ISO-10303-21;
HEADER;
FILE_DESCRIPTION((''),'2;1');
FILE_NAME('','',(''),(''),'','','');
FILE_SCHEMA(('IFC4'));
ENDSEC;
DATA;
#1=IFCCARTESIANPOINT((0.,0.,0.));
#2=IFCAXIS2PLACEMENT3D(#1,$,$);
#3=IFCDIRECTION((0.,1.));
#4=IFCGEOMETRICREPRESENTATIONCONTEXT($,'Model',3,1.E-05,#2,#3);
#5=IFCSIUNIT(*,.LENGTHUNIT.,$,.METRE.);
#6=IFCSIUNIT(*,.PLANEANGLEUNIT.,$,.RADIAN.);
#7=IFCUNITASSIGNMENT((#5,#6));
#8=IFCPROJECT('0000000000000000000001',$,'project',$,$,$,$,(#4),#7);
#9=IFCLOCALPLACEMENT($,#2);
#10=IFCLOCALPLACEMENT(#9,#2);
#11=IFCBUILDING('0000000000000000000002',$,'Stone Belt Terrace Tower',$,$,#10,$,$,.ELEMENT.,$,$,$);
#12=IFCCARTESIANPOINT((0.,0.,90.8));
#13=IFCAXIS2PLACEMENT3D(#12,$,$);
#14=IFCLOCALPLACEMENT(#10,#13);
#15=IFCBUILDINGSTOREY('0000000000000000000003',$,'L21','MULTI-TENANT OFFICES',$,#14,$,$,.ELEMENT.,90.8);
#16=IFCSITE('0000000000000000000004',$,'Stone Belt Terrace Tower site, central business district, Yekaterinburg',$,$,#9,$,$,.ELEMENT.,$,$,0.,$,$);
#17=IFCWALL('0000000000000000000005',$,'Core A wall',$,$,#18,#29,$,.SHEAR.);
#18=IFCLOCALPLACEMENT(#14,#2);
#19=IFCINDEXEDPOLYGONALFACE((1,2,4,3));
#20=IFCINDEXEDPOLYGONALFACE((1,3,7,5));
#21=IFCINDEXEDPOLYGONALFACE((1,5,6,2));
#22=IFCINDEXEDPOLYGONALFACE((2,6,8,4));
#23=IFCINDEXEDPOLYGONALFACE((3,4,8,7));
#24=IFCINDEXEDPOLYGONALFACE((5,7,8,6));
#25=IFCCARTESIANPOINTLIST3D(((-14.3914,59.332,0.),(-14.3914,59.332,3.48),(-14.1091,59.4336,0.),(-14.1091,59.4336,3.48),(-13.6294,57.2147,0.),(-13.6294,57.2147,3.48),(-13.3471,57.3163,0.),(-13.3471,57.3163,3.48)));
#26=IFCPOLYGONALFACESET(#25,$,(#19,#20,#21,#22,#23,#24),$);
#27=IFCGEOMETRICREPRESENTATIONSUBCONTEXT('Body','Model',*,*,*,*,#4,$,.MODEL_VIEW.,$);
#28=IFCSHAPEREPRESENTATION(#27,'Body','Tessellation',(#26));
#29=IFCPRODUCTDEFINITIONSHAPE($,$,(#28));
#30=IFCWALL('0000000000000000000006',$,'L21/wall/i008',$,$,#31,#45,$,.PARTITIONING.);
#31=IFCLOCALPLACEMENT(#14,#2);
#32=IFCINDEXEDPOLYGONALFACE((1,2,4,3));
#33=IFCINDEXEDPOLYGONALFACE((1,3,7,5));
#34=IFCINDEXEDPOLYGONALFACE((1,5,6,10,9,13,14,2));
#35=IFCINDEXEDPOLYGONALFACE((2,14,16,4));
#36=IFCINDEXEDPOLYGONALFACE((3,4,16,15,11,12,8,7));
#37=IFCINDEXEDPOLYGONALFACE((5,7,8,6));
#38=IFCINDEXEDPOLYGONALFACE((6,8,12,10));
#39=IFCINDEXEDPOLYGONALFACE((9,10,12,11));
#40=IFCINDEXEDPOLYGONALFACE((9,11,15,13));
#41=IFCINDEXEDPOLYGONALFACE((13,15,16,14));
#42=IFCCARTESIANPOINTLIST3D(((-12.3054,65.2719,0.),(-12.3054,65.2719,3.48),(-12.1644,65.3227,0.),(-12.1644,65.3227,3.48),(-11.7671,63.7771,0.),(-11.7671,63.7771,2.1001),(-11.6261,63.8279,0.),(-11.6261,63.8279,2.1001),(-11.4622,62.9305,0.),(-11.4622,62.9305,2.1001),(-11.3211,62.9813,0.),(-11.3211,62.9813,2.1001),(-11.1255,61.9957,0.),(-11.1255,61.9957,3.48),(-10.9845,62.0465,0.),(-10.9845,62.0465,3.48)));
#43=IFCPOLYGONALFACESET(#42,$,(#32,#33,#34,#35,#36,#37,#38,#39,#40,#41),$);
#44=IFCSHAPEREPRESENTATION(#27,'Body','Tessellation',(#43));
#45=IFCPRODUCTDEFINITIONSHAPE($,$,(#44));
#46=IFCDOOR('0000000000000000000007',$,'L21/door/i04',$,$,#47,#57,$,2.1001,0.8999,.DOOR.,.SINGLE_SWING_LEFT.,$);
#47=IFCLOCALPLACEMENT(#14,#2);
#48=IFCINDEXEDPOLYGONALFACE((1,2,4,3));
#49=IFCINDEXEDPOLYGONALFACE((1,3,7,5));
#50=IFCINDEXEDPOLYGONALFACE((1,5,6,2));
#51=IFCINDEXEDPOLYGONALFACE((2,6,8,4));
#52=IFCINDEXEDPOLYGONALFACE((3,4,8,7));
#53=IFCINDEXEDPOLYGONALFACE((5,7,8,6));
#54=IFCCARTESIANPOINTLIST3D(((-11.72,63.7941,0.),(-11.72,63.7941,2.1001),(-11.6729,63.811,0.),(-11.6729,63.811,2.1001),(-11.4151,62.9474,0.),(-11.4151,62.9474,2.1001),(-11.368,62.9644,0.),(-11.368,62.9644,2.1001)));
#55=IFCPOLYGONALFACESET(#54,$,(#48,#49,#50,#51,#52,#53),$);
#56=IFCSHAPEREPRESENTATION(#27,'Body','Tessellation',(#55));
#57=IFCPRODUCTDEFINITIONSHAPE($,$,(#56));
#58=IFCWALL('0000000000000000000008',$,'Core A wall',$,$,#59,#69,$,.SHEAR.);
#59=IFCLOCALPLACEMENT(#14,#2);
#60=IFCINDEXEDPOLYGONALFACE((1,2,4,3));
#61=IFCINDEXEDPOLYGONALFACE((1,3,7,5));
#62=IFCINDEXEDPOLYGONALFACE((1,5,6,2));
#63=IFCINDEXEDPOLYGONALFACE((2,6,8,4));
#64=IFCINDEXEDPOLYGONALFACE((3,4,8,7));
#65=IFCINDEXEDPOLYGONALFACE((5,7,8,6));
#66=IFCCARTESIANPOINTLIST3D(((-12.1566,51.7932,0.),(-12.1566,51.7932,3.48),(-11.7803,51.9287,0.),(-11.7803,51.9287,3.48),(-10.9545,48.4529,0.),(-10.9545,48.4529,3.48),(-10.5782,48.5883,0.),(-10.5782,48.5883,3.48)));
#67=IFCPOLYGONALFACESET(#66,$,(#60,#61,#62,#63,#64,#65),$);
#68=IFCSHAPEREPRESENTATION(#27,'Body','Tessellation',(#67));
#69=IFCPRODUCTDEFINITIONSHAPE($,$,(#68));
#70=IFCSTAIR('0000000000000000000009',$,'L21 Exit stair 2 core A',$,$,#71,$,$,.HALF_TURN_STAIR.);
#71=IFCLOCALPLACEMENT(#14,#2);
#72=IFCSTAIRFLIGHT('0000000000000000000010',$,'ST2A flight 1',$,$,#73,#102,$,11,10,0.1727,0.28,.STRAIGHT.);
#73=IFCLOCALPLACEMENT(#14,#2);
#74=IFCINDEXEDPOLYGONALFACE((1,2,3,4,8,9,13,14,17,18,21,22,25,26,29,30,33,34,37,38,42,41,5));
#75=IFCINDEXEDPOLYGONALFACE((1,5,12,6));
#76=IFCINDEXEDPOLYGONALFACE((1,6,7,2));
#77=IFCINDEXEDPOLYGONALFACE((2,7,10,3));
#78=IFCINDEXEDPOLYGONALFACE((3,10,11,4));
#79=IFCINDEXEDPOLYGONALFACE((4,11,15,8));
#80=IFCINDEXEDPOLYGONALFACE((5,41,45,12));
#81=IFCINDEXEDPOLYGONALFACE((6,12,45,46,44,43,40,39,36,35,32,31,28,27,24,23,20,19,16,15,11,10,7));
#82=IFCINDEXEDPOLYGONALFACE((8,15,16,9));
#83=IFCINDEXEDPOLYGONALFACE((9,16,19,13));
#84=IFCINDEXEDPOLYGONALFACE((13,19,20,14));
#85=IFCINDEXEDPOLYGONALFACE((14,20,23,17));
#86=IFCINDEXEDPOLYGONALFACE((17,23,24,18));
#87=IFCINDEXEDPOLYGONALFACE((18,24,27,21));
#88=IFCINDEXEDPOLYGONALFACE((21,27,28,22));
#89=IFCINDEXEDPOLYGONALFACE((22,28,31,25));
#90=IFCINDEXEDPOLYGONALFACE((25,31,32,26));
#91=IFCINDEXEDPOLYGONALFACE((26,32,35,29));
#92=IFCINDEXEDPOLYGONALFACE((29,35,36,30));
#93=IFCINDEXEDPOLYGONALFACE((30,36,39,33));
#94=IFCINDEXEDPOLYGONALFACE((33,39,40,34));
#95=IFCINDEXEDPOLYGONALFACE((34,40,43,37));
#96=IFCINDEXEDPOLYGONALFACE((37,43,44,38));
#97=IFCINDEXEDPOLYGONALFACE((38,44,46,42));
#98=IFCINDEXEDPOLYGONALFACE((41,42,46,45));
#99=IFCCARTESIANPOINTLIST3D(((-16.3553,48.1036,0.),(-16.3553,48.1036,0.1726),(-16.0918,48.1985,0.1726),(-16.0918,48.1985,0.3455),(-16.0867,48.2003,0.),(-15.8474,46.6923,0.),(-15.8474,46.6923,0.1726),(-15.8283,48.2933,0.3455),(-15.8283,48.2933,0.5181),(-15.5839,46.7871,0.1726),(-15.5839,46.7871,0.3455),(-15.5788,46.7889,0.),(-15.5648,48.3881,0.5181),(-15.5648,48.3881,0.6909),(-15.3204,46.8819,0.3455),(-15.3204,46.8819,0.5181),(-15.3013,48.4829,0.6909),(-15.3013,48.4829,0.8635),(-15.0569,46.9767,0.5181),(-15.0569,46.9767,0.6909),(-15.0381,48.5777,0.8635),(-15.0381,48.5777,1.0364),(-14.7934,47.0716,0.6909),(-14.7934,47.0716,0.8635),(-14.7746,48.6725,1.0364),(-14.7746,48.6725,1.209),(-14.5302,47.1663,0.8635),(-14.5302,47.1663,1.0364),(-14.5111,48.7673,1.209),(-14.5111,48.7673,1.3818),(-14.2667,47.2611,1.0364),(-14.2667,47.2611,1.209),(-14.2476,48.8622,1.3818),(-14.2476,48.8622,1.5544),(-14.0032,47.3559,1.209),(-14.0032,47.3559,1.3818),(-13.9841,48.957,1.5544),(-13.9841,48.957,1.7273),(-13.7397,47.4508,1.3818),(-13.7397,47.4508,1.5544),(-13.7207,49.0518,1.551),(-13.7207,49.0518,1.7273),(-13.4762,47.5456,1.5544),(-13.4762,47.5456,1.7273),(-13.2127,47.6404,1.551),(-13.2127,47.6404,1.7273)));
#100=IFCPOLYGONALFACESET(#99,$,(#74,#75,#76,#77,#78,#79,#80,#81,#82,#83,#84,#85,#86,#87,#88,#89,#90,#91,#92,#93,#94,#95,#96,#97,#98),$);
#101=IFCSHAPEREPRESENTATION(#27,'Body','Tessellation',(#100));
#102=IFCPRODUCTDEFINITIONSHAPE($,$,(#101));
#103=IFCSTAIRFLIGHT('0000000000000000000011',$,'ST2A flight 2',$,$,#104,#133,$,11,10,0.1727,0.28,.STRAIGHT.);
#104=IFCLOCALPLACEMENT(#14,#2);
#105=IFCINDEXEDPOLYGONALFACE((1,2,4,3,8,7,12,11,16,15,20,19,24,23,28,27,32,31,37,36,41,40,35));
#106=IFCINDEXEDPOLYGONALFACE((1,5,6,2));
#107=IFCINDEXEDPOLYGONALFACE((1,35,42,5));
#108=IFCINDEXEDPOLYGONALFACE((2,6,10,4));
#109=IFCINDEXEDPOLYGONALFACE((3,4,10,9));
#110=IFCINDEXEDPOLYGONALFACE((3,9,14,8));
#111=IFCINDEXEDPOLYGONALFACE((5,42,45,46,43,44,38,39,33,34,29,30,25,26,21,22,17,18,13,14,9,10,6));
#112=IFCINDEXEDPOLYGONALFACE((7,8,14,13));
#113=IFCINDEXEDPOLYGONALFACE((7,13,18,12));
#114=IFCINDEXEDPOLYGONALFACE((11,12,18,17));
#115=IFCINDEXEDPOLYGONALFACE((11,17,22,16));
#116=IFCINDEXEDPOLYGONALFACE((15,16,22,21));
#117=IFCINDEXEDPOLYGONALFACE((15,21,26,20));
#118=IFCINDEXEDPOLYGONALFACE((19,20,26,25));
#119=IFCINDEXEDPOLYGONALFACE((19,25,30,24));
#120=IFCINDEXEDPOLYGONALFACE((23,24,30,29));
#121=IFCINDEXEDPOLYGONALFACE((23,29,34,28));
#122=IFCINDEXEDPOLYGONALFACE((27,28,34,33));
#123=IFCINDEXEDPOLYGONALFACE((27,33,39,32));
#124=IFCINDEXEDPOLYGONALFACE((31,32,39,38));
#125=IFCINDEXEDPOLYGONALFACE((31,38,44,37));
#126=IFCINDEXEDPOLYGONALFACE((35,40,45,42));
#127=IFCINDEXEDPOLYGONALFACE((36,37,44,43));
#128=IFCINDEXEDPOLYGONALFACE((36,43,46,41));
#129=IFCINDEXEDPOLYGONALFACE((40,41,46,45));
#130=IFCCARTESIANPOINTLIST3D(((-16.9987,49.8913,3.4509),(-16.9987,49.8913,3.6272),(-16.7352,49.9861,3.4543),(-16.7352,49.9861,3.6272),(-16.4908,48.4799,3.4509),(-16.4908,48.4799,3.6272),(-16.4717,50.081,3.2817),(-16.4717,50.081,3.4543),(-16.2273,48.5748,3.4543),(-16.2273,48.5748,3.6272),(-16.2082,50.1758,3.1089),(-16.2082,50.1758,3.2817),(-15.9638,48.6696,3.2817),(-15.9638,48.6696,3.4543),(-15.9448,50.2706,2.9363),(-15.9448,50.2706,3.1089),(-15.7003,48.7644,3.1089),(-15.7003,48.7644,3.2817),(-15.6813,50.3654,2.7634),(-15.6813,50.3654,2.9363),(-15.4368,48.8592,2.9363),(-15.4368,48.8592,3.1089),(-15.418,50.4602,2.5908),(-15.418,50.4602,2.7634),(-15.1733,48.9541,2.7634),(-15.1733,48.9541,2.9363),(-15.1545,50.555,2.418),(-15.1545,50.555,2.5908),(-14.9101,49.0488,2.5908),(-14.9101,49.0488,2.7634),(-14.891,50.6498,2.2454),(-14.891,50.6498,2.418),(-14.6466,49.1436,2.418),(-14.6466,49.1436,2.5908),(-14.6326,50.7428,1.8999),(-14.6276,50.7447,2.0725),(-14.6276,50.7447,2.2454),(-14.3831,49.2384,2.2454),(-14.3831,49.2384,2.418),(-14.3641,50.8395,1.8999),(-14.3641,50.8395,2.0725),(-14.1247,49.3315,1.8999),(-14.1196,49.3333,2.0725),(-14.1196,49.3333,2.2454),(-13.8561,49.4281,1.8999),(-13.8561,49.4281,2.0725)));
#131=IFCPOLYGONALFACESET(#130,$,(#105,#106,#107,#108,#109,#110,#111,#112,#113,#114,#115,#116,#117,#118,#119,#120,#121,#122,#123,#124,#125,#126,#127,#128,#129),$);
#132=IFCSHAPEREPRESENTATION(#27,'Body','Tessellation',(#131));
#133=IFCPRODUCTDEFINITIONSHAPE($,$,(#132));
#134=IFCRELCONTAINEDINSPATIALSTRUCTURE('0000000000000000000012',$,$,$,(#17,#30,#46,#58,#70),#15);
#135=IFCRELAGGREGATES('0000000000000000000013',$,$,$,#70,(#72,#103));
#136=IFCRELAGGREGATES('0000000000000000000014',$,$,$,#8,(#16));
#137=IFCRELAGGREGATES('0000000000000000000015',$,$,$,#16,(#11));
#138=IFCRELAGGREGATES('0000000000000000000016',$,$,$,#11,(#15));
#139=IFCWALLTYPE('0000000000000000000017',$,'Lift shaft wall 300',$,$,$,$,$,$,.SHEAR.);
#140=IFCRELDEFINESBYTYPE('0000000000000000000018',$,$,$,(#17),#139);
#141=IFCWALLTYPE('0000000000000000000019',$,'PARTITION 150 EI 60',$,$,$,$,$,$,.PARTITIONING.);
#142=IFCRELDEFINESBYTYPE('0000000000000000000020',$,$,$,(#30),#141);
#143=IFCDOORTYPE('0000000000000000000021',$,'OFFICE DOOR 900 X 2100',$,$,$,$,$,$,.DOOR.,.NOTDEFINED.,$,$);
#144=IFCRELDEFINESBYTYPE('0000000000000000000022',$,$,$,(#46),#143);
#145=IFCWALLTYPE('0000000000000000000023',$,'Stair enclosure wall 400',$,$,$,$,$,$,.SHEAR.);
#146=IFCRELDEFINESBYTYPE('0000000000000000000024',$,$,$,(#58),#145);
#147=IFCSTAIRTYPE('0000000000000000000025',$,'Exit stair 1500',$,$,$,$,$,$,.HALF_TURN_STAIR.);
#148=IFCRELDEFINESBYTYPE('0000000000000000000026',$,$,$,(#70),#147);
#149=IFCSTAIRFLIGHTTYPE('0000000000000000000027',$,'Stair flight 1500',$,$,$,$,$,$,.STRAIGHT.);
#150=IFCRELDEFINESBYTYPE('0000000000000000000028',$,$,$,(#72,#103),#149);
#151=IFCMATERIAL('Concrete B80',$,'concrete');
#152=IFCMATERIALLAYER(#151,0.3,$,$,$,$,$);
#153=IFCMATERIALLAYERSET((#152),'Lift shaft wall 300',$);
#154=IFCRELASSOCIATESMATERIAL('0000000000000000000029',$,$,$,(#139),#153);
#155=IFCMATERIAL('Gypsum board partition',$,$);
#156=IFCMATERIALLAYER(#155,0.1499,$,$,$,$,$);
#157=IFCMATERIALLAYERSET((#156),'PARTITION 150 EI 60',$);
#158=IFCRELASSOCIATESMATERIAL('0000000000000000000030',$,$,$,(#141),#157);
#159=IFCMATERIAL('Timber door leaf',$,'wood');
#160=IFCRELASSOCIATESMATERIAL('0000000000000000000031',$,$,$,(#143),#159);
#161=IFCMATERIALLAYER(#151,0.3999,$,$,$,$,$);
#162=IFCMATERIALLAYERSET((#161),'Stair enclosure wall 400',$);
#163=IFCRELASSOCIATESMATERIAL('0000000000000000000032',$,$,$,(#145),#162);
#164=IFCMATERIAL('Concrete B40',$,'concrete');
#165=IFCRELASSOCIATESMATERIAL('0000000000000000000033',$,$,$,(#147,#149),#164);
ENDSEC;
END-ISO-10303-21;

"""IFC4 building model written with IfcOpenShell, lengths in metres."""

from ifc_helpers import new_model, si_unit, direction, frame, frame_2d, origin, place, context, subcontext, project, spatial, polyline, rectangle, outline, extrude, material, layer, layer_set, type_object, element, fill, aggregate, save


model = new_model("IFC4")

# Units and contexts
model_context = context("Model", 3, precision=1e-05, world=origin(), true_north=direction((0.0, 1.0)))
body_context = subcontext(model_context, "Body", "Model", "MODEL_VIEW")
ifc_project = project(units=[si_unit("LENGTHUNIT", "METRE"), si_unit("PLANEANGLEUNIT", "RADIAN")], contexts=[model_context])

# Site, building, storey
site_placement = place(None, origin())
site = spatial("IfcSite", under=ifc_project, at=site_placement, Name="Stone Belt Terrace Tower site, central business district, Yekaterinburg", CompositionType="ELEMENT", RefElevation=0.0)
building_placement = place(site_placement, origin())
building = spatial("IfcBuilding", under=site, at=building_placement, Name="Stone Belt Terrace Tower", CompositionType="ELEMENT")
storey_placement = place(building_placement, frame((0.0, 0.0, 90.8)))
storey = spatial("IfcBuildingStorey", under=building, at=storey_placement, Name="L21", Description="MULTI-TENANT OFFICES", CompositionType="ELEMENT", Elevation=90.8)

# Shared definitions
ifc_material_1 = material(Name="Concrete B80", Category="concrete")

# Wall
ifc_layer_1 = layer(ifc_material_1, 0.3)
ifc_layer_set_1 = layer_set([ifc_layer_1], Name="Lift shaft wall 300")
wall_type_1 = type_object("IfcWallType", Name="Lift shaft wall 300", PredefinedType="SHEAR", material=ifc_layer_set_1)
wall_1_placement = place(storey_placement, frame((-13.4883, 57.2656, 0.0), z_axis=(0.0, 0.0, 1.0), x_axis=(-0.338631, 0.940919, 0.0)))
element("IfcWall", 1, at=wall_1_placement, inside=storey, type_object=wall_type_1, Name="Core A wall", PredefinedType="SHEAR", context=body_context, shape_type="SweptSolid", body=[
    extrude(rectangle(XDim=2.2502, YDim=0.3, at=frame_2d((1.125, 0.0))), origin(), (0.0, 0.0, 1.0), 3.48),
])

# Wall, opening, door
ifc_material_2 = material(Name="Gypsum board partition")
ifc_layer_2 = layer(ifc_material_2, 0.1499)
ifc_layer_set_2 = layer_set([ifc_layer_2], Name="PARTITION 150 EI 60")
wall_type_2 = type_object("IfcWallType", Name="PARTITION 150 EI 60", PredefinedType="PARTITIONING", material=ifc_layer_set_2)
wall_2_placement = place(storey_placement, frame((-11.0549, 62.021, 0.0), z_axis=(0.0, 0.0, 1.0), x_axis=(-0.338854, 0.940839, 0.0)))
wall_2 = element("IfcWall", 2, at=wall_2_placement, inside=storey, type_object=wall_type_2, Name="L21/wall/i008", PredefinedType="PARTITIONING", context=body_context, shape_type="SweptSolid", body=[
    extrude(rectangle(XDim=3.4822, YDim=0.1499, at=frame_2d((1.7412, 0.0))), origin(), (0.0, 0.0, 1.0), 3.48),
])
opening_placement = place(wall_2_placement, frame((0.9937, 0.0, 0.0)))
opening = element("IfcOpeningElement", 3, at=opening_placement, cuts=wall_2, PredefinedType="OPENING", context=body_context, shape_type="SweptSolid", body=[
    extrude(rectangle(XDim=0.8999, YDim=2.1001, at=frame_2d((0.45, 1.05))), frame((0.0, 0.085, 0.0), z_axis=(0.0, -1.0, 0.0), x_axis=(1.0, 0.0, 0.0)), (0.0, 0.0, 1.0), 0.1699),
])
ifc_material_3 = material(Name="Timber door leaf", Category="wood")
door_type = type_object("IfcDoorType", Name="OFFICE DOOR 900 X 2100", OperationType="NOTDEFINED", PredefinedType="DOOR", material=ifc_material_3)
door_placement = place(opening_placement, origin())
door = element("IfcDoor", 4, at=door_placement, inside=storey, type_object=door_type, Name="L21/door/i04", OperationType="SINGLE_SWING_LEFT", OverallHeight=2.1001, OverallWidth=0.8999, PredefinedType="DOOR", context=body_context, shape_type="SweptSolid", body=[
    extrude(rectangle(XDim=0.8999, YDim=2.1001, at=frame_2d((0.45, 1.05))), frame((0.0, 0.0249, 0.0), z_axis=(0.0, -1.0, 0.0), x_axis=(1.0, 0.0, 0.0)), (0.0, 0.0, 1.0), 0.05),
])
fill(opening, door)

# Wall
ifc_layer_3 = layer(ifc_material_1, 0.3999)
ifc_layer_set_3 = layer_set([ifc_layer_3], Name="Stair enclosure wall 400")
wall_type_3 = type_object("IfcWallType", Name="Stair enclosure wall 400", PredefinedType="SHEAR", material=ifc_layer_set_3)
wall_3_placement = place(storey_placement, frame((-10.7664, 48.5208, 0.0), z_axis=(0.0, 0.0, 1.0), x_axis=(-0.338627, 0.940921, 0.0)))
element("IfcWall", 5, at=wall_3_placement, inside=storey, type_object=wall_type_3, Name="Core A wall", PredefinedType="SHEAR", context=body_context, shape_type="SweptSolid", body=[
    extrude(rectangle(XDim=3.55, YDim=0.3999, at=frame_2d((1.7749, 0.0))), origin(), (0.0, 0.0, 1.0), 3.48),
])

# Stair, stair flights
ifc_material_4 = material(Name="Concrete B40", Category="concrete")
stair_type = type_object("IfcStairType", Name="Exit stair 1500", PredefinedType="HALF_TURN_STAIR", material=ifc_material_4)
stair_placement = place(storey_placement, origin())
stair = element("IfcStair", 6, at=stair_placement, inside=storey, type_object=stair_type, Name="L21 Exit stair 2 core A", PredefinedType="HALF_TURN_STAIR")
stair_flight_type = type_object("IfcStairFlightType", Name="Stair flight 1500", PredefinedType="STRAIGHT", material=ifc_material_4)
stair_flight_1_placement = place(storey_placement, frame((-16.1013, 47.3979, 0.0), z_axis=(0.0, 0.0, 1.0), x_axis=(0.940922, 0.338624, 0.0)))
stair_flight_1 = element("IfcStairFlight", 7, at=stair_flight_1_placement, type_object=stair_flight_type, Name="ST2A flight 1", NumberOfRisers=11, NumberOfTreads=10, PredefinedType="STRAIGHT", RiserHeight=0.1727, TreadLength=0.28, context=body_context, shape_type="SweptSolid", body=[
    extrude(outline(polyline([(0.0, 0.0), (0.0, 0.1726), (0.28, 0.1726), (0.28, 0.3455), (0.5601, 0.3455), (0.5601, 0.5181), (0.8401, 0.5181), (0.8401, 0.6909), (1.1201, 0.6909), (1.1201, 0.8635), (1.3999, 0.8635), (1.3999, 1.0364), (1.6799, 1.0364), (1.6799, 1.209), (1.96, 1.209), (1.96, 1.3818), (2.24, 1.3818), (2.24, 1.5544), (2.52, 1.5544), (2.52, 1.7273), (2.8, 1.7273), (2.8, 1.8999), (2.8, 1.551), (0.2854, 0.0), (0.0, 0.0)])), frame((0.0, 0.75, 0.0), z_axis=(0.0, -1.0, 0.0), x_axis=(1.0, 0.0, 0.0)), (0.0, 0.0, 1.0), 1.5),
])
stair_flight_2_placement = place(storey_placement, frame((-14.1101, 50.1338, 1.8999), z_axis=(0.0, 0.0, 1.0), x_axis=(-0.940922, -0.338624, 0.0)))
stair_flight_2 = element("IfcStairFlight", 8, at=stair_flight_2_placement, type_object=stair_flight_type, Name="ST2A flight 2", NumberOfRisers=11, NumberOfTreads=10, PredefinedType="STRAIGHT", RiserHeight=0.1727, TreadLength=0.28, context=body_context, shape_type="SweptSolid", body=[
    extrude(outline(polyline([(0.0, 0.0), (0.0, 0.1726), (0.28, 0.1726), (0.28, 0.3455), (0.5601, 0.3455), (0.5601, 0.5181), (0.8401, 0.5181), (0.8401, 0.6909), (1.1201, 0.6909), (1.1201, 0.8635), (1.3999, 0.8635), (1.3999, 1.0364), (1.6799, 1.0364), (1.6799, 1.209), (1.96, 1.209), (1.96, 1.3818), (2.24, 1.3818), (2.24, 1.5544), (2.52, 1.5544), (2.52, 1.7273), (2.8, 1.7273), (2.8, 1.8999), (2.8, 1.551), (0.2854, 0.0), (0.0, 0.0)])), frame((0.0, 0.75, 0.0), z_axis=(0.0, -1.0, 0.0), x_axis=(1.0, 0.0, 0.0)), (0.0, 0.0, 1.0), 1.5),
])
aggregate(stair, [stair_flight_1, stair_flight_2])

save(model, "model.ifc")
